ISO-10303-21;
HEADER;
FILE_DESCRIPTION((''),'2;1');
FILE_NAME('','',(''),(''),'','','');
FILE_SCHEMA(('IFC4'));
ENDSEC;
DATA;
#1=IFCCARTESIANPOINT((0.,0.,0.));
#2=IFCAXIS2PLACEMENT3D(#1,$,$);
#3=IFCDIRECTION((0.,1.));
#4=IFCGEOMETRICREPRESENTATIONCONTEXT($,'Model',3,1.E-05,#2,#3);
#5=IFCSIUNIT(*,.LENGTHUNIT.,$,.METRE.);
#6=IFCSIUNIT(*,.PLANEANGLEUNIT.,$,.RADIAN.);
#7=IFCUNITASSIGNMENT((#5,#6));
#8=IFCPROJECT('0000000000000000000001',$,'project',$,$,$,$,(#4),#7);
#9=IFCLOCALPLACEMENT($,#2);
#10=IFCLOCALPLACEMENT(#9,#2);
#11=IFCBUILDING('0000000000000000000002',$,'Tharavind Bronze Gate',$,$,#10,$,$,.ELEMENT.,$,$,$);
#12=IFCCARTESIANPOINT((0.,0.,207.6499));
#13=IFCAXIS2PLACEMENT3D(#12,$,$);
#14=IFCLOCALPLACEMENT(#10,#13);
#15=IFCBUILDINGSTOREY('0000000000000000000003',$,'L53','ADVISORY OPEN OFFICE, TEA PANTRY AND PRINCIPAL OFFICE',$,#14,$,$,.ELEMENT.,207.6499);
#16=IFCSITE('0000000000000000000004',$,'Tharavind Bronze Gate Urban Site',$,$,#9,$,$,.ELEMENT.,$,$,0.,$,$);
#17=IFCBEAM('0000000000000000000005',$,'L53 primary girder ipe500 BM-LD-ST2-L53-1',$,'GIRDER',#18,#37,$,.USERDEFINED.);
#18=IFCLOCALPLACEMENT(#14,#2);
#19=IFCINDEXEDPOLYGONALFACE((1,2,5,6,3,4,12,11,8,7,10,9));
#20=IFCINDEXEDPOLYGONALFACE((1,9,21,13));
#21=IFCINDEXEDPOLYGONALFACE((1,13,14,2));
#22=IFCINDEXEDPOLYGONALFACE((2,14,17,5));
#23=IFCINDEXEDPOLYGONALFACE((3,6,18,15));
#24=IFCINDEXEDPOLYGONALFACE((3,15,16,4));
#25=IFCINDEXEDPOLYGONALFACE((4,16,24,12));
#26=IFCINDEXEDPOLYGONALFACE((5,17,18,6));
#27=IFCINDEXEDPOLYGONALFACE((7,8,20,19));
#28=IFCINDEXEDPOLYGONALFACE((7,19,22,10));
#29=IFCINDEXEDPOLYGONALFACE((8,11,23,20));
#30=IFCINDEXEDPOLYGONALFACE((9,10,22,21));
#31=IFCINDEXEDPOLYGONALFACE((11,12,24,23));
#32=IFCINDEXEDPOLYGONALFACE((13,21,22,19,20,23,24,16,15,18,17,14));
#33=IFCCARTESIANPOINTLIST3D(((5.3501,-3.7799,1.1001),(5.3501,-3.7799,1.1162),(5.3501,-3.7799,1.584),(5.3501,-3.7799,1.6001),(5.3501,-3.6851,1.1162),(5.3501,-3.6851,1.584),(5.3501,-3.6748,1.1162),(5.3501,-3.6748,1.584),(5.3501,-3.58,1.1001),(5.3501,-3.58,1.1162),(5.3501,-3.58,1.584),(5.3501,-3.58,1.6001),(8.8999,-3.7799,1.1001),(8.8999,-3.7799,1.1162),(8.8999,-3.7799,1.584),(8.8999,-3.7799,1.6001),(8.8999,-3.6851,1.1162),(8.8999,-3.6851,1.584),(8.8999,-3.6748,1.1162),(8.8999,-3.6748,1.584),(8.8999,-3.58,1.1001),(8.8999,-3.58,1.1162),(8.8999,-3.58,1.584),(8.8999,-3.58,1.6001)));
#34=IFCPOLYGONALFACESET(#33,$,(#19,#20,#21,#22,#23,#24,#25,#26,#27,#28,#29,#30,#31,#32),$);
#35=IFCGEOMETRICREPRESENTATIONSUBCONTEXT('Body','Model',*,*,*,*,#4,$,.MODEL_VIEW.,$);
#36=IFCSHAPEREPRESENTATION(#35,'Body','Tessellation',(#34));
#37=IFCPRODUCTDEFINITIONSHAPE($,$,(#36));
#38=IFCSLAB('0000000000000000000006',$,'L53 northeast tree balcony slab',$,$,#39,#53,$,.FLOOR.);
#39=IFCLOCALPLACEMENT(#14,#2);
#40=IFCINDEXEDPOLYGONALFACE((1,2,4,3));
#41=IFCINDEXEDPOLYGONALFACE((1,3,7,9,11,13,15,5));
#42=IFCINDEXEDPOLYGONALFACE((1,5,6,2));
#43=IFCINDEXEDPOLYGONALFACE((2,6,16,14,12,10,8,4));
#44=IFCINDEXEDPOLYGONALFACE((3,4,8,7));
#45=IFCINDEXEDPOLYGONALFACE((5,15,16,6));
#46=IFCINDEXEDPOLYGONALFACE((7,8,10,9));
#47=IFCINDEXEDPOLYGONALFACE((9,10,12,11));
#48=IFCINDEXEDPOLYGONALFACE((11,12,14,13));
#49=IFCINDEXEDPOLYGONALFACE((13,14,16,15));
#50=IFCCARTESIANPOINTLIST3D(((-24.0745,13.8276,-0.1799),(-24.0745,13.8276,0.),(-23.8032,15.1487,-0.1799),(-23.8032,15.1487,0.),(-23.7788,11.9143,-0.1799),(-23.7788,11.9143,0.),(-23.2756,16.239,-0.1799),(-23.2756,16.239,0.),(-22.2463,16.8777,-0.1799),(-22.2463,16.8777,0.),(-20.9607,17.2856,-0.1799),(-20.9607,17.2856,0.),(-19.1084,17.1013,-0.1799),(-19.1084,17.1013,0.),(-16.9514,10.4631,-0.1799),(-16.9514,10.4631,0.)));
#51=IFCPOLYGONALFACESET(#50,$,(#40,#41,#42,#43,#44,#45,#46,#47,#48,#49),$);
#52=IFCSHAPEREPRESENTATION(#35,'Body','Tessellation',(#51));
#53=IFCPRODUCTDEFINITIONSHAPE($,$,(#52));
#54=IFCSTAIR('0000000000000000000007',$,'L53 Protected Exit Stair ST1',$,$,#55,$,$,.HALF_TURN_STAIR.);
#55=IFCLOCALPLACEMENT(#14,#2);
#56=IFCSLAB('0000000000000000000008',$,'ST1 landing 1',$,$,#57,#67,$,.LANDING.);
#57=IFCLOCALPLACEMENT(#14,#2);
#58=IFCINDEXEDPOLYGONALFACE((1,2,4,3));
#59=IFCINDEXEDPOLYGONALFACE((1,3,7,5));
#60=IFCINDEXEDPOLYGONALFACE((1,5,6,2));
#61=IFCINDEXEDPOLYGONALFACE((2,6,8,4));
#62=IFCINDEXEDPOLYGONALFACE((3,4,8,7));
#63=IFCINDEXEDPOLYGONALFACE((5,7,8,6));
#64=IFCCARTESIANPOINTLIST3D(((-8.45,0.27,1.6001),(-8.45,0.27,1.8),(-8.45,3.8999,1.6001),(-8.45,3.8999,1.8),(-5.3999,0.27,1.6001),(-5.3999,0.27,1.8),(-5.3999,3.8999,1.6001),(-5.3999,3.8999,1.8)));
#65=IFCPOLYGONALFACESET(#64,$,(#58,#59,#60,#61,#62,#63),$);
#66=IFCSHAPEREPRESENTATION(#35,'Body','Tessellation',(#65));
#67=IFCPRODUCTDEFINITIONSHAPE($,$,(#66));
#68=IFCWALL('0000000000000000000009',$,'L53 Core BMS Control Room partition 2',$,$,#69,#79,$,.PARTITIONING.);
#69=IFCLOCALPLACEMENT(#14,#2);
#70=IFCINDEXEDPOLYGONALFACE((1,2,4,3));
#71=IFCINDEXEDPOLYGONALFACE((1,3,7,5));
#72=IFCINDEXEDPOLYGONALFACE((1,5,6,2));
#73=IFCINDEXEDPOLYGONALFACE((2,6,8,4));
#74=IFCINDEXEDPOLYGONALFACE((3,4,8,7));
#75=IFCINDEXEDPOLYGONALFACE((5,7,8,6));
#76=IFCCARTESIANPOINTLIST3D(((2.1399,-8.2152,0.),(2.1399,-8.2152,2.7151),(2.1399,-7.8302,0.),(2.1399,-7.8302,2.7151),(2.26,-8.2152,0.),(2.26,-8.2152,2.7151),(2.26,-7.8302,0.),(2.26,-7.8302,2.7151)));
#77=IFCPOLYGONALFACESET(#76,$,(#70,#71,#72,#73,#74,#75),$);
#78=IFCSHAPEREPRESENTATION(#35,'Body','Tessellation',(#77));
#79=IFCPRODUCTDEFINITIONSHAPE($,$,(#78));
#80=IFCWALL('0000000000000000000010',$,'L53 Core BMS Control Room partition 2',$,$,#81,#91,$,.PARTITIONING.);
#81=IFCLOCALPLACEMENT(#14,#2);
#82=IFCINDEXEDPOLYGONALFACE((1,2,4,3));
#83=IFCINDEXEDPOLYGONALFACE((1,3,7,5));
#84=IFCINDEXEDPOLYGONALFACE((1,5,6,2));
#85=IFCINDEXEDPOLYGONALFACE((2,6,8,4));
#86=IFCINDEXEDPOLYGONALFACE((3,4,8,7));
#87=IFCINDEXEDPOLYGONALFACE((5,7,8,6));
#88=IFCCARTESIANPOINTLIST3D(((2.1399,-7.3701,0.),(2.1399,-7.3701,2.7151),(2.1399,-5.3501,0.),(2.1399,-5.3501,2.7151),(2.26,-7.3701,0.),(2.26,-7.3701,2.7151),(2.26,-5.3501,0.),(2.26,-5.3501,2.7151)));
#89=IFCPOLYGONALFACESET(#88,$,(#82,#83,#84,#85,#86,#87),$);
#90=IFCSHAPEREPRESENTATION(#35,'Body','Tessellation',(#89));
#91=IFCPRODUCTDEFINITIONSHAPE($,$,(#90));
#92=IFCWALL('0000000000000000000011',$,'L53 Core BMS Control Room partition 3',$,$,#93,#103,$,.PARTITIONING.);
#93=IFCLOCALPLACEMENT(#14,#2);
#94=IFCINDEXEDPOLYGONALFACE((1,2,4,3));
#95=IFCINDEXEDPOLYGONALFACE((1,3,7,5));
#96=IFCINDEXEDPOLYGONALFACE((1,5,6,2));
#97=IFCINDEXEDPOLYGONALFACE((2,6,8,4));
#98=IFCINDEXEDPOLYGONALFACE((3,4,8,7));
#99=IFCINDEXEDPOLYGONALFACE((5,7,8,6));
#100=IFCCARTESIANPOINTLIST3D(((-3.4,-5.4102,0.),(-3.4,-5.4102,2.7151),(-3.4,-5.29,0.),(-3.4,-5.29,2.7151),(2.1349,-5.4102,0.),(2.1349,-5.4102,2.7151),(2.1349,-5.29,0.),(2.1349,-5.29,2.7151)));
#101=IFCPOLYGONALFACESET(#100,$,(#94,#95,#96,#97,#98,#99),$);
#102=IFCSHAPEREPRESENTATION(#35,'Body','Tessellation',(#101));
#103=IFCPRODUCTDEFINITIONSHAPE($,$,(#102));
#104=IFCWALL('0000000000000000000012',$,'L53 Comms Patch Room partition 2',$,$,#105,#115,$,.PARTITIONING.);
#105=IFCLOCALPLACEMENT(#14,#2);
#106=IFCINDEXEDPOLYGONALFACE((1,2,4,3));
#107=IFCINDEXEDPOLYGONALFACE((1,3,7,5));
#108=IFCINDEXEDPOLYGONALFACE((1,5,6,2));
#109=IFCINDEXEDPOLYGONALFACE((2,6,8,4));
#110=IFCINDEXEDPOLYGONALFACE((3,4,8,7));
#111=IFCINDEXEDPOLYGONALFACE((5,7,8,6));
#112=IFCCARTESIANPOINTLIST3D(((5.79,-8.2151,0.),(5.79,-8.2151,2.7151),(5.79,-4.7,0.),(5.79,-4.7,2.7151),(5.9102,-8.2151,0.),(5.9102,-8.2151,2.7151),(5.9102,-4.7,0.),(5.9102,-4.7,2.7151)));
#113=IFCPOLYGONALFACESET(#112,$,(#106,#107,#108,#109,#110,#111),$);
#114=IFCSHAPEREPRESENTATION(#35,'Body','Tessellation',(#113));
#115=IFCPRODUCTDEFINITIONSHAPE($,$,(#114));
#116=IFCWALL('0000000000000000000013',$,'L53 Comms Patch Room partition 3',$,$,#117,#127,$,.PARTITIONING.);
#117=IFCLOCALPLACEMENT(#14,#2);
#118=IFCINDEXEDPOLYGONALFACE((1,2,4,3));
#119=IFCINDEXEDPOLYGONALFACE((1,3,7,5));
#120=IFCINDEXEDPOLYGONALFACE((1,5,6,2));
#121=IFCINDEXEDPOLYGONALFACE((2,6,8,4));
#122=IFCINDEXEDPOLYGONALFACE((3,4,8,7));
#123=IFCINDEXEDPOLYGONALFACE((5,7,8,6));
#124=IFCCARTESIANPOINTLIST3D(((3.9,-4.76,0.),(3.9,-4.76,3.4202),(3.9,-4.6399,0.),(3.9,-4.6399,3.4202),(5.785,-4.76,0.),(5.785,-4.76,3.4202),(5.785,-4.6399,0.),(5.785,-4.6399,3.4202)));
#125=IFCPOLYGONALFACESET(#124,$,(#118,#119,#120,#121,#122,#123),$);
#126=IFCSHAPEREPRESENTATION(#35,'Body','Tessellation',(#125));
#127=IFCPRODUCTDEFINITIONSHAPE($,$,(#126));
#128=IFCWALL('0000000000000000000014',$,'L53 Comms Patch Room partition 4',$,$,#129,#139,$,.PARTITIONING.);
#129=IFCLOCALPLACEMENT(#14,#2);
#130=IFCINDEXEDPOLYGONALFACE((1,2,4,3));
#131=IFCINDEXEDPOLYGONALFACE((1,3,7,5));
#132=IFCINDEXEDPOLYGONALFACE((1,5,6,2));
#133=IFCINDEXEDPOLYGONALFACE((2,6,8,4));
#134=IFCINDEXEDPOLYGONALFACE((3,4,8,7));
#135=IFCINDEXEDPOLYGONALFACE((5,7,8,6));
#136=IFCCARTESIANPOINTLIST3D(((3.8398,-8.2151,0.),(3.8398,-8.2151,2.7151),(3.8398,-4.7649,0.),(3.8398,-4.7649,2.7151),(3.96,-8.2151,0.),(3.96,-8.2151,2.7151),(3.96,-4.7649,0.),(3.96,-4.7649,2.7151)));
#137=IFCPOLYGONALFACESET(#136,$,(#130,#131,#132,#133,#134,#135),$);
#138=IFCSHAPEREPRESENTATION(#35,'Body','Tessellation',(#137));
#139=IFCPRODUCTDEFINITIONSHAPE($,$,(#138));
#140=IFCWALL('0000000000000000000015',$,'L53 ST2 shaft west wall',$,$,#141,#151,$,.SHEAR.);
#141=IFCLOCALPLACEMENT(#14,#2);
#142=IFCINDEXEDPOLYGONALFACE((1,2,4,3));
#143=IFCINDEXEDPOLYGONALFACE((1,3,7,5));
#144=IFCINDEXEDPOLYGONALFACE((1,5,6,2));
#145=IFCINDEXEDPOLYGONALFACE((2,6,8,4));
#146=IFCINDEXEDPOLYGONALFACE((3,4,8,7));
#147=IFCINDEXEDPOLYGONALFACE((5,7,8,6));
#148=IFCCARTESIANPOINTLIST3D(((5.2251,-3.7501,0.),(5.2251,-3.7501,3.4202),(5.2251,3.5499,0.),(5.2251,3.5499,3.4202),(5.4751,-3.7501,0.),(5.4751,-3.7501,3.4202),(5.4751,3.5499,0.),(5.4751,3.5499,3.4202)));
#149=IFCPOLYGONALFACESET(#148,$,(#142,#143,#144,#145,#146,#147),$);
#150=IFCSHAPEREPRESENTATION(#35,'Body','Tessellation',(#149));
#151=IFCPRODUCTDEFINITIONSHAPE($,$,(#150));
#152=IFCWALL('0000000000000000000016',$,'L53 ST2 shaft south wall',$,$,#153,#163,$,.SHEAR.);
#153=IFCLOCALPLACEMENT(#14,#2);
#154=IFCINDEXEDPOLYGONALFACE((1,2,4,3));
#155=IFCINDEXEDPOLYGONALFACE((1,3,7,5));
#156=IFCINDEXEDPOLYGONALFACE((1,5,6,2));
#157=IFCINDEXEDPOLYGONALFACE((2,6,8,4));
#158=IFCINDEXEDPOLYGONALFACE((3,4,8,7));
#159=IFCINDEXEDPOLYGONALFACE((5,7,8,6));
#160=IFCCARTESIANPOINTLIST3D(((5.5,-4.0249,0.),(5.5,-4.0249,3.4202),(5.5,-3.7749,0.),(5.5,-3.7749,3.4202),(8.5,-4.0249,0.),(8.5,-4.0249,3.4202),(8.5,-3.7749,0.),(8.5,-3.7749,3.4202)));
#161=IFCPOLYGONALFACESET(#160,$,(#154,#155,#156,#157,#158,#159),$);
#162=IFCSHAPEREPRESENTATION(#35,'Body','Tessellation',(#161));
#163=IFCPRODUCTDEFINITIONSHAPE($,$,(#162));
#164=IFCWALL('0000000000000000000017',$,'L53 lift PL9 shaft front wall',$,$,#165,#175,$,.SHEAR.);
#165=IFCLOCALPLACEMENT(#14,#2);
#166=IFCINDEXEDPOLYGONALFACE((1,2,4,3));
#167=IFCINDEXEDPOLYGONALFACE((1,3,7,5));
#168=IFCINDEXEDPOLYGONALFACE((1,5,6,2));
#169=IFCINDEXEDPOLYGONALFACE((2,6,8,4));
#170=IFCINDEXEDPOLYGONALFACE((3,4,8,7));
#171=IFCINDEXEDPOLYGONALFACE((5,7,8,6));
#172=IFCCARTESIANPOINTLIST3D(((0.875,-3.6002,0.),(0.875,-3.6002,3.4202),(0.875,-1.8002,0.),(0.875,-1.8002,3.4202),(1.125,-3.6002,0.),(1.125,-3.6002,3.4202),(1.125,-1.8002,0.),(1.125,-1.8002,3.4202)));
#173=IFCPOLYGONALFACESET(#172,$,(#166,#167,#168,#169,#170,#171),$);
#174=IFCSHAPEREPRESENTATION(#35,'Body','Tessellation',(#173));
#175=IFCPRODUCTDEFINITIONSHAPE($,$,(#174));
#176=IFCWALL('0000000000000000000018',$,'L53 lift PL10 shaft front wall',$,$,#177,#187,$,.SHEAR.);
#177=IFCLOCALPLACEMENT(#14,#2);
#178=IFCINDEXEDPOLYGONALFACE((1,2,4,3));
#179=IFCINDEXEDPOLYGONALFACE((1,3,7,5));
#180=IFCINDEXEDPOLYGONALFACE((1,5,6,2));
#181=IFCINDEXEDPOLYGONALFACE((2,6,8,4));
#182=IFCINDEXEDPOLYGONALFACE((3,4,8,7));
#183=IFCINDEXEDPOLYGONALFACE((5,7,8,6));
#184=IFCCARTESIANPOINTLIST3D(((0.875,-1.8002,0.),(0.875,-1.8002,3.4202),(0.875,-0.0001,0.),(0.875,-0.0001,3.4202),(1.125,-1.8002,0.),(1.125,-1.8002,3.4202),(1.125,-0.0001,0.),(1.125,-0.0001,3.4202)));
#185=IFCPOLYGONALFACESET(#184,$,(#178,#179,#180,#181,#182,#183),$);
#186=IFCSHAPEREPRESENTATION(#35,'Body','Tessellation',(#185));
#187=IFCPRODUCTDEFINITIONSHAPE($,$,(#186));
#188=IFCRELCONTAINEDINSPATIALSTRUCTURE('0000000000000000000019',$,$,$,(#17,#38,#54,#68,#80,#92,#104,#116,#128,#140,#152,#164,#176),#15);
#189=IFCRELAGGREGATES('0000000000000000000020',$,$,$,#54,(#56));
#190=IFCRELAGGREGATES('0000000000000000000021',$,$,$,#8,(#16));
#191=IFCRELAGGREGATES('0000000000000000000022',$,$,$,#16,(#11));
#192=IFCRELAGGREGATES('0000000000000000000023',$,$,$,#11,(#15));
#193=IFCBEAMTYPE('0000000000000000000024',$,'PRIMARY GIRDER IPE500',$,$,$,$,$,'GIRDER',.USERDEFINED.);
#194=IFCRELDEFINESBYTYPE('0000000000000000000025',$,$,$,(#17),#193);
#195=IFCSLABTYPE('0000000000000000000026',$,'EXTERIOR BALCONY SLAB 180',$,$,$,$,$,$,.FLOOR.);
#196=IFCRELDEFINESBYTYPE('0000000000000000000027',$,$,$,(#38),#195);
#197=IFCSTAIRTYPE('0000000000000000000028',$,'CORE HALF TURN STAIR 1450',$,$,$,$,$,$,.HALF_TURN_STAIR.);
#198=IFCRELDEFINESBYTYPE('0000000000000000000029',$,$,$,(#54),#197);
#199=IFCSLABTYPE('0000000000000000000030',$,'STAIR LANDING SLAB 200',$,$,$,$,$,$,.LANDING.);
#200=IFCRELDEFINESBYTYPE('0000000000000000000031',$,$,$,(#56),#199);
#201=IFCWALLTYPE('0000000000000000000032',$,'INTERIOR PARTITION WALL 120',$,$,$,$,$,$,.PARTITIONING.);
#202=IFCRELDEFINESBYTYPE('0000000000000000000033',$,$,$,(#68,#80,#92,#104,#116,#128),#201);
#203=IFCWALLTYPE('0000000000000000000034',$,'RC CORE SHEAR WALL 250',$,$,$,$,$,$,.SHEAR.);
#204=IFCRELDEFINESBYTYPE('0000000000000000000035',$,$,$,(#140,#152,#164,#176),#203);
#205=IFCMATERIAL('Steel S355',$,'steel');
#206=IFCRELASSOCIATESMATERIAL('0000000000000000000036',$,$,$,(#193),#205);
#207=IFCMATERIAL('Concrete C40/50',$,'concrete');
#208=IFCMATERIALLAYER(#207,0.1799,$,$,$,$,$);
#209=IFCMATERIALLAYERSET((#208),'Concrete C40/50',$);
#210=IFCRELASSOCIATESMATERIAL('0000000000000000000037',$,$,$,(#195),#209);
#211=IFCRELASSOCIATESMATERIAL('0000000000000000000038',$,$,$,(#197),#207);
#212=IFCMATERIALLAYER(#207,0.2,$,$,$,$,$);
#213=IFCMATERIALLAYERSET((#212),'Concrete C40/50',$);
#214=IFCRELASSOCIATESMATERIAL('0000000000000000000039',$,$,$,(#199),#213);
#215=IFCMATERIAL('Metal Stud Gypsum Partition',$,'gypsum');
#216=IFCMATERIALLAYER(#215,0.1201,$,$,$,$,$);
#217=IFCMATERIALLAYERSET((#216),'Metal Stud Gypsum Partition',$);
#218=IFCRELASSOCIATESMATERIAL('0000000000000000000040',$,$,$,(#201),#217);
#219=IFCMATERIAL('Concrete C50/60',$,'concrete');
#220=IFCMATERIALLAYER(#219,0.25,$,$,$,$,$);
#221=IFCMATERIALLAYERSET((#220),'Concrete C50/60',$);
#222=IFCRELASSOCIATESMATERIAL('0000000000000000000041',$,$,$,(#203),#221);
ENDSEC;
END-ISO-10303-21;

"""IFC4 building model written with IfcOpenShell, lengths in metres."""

from ifc_helpers import new_model, si_unit, direction, frame, frame_2d, origin, origin_2d, place, context, subcontext, project, spatial, polyline, rectangle, i_section, outline, extrude, material, layer, layer_set, material_profile, profile_set, type_object, element, aggregate, save


model = new_model("IFC4")

# Units and contexts
model_context = context("Model", 3, precision=1e-05, world=origin(), true_north=direction((0.0, 1.0)))
body_context = subcontext(model_context, "Body", "Model", "MODEL_VIEW")
ifc_project = project(units=[si_unit("LENGTHUNIT", "METRE"), si_unit("PLANEANGLEUNIT", "RADIAN")], contexts=[model_context])

# Site, building, storey
site_placement = place(None, origin())
site = spatial("IfcSite", under=ifc_project, at=site_placement, Name="Tharavind Bronze Gate Urban Site", CompositionType="ELEMENT", RefElevation=0.0)
building_placement = place(site_placement, origin())
building = spatial("IfcBuilding", under=site, at=building_placement, Name="Tharavind Bronze Gate", CompositionType="ELEMENT")
storey_placement = place(building_placement, frame((0.0, 0.0, 207.6499)))
storey = spatial("IfcBuildingStorey", under=building, at=storey_placement, Name="L53", Description="ADVISORY OPEN OFFICE, TEA PANTRY AND PRINCIPAL OFFICE", CompositionType="ELEMENT", Elevation=207.6499)

# Beam
ifc_material_1 = material(Name="Steel S355", Category="steel")
ifc_material_profile = material_profile(ifc_material_1, i_section(OverallWidth=0.2, OverallDepth=0.5, WebThickness=0.0103, FlangeThickness=0.0161, at=origin_2d()), Name="IPE500")
ifc_profile_set = profile_set([ifc_material_profile], Name="Steel S355")
beam_type = type_object("IfcBeamType", Name="PRIMARY GIRDER IPE500", ElementType="GIRDER", PredefinedType="USERDEFINED", material=ifc_profile_set)
beam_placement = place(storey_placement, frame((5.3501, -3.6799, 1.3501), z_axis=(1.0, 0.0, 0.0), x_axis=(0.0, 1.0, 0.0)))
element("IfcBeam", 1, at=beam_placement, inside=storey, type_object=beam_type, Name="L53 primary girder ipe500 BM-LD-ST2-L53-1", ObjectType="GIRDER", PredefinedType="USERDEFINED", context=body_context, shape_type="SweptSolid", body=[
    extrude(i_section(OverallWidth=0.2, OverallDepth=0.5, WebThickness=0.0103, FlangeThickness=0.0161, at=origin_2d()), origin(), (0.0, 0.0, 1.0), 3.5498),
])

# Slab
ifc_material_2 = material(Name="Concrete C40/50", Category="concrete")
ifc_layer_1 = layer(ifc_material_2, 0.1799)
ifc_layer_set_1 = layer_set([ifc_layer_1], Name="Concrete C40/50")
slab_type_1 = type_object("IfcSlabType", Name="EXTERIOR BALCONY SLAB 180", PredefinedType="FLOOR", material=ifc_layer_set_1)
slab_1_placement = place(storey_placement, frame((0.0, 0.0, -0.1799)))
element("IfcSlab", 2, at=slab_1_placement, inside=storey, type_object=slab_type_1, Name="L53 northeast tree balcony slab", PredefinedType="FLOOR", context=body_context, shape_type="SweptSolid", body=[
    extrude(outline(polyline([(-20.9607, 17.2856), (-22.2463, 16.8777), (-23.2756, 16.239), (-23.8032, 15.1487), (-24.0745, 13.8276), (-23.7788, 11.9143), (-16.9514, 10.4631), (-19.1084, 17.1013), (-20.9607, 17.2856)])), origin(), (0.0, 0.0, 1.0), 0.1799),
])

# Stair, slab
stair_type = type_object("IfcStairType", Name="CORE HALF TURN STAIR 1450", PredefinedType="HALF_TURN_STAIR", material=ifc_material_2)
stair_placement = place(storey_placement, origin())
stair = element("IfcStair", 3, at=stair_placement, inside=storey, type_object=stair_type, Name="L53 Protected Exit Stair ST1", PredefinedType="HALF_TURN_STAIR")
ifc_layer_2 = layer(ifc_material_2, 0.2)
ifc_layer_set_2 = layer_set([ifc_layer_2], Name="Concrete C40/50")
slab_type_2 = type_object("IfcSlabType", Name="STAIR LANDING SLAB 200", PredefinedType="LANDING", material=ifc_layer_set_2)
slab_2_placement = place(storey_placement, frame((0.0, 0.0, 1.6001)))
slab_2 = element("IfcSlab", 4, at=slab_2_placement, type_object=slab_type_2, Name="ST1 landing 1", PredefinedType="LANDING", context=body_context, shape_type="SweptSolid", body=[
    extrude(outline(polyline([(-5.3999, 0.27), (-5.3999, 3.8999), (-8.45, 3.8999), (-8.45, 0.27), (-5.3999, 0.27)])), origin(), (0.0, 0.0, 1.0), 0.2),
])
aggregate(stair, [slab_2])

# Walls
ifc_material_3 = material(Name="Metal Stud Gypsum Partition", Category="gypsum")
ifc_layer_3 = layer(ifc_material_3, 0.1201)
ifc_layer_set_3 = layer_set([ifc_layer_3], Name="Metal Stud Gypsum Partition")
wall_type_1 = type_object("IfcWallType", Name="INTERIOR PARTITION WALL 120", PredefinedType="PARTITIONING", material=ifc_layer_set_3)
wall_1_placement = place(storey_placement, frame((2.2, -8.2151, 0.0), z_axis=(0.0, 0.0, 1.0), x_axis=(0.0, 1.0, 0.0)))
element("IfcWall", 5, at=wall_1_placement, inside=storey, type_object=wall_type_1, Name="L53 Core BMS Control Room partition 2", PredefinedType="PARTITIONING", context=body_context, shape_type="SweptSolid", body=[
    extrude(rectangle(XDim=0.385, YDim=0.1201, at=frame_2d((0.1924, 0.0))), origin(), (0.0, 0.0, 1.0), 2.7151),
])
wall_2_placement = place(storey_placement, frame((2.2, -7.3701, 0.0), z_axis=(0.0, 0.0, 1.0), x_axis=(0.0, 1.0, 0.0)))
element("IfcWall", 6, at=wall_2_placement, inside=storey, type_object=wall_type_1, Name="L53 Core BMS Control Room partition 2", PredefinedType="PARTITIONING", context=body_context, shape_type="SweptSolid", body=[
    extrude(rectangle(XDim=2.02, YDim=0.1201, at=frame_2d((1.01, 0.0))), origin(), (0.0, 0.0, 1.0), 2.7151),
])
wall_3_placement = place(storey_placement, frame((2.135, -5.3501, 0.0), z_axis=(0.0, 0.0, 1.0), x_axis=(-1.0, 0.0, 0.0)))
element("IfcWall", 7, at=wall_3_placement, inside=storey, type_object=wall_type_1, Name="L53 Core BMS Control Room partition 3", PredefinedType="PARTITIONING", context=body_context, shape_type="SweptSolid", body=[
    extrude(rectangle(XDim=5.5349, YDim=0.1201, at=frame_2d((2.7676, 0.0))), origin(), (0.0, 0.0, 1.0), 2.7151),
])
wall_4_placement = place(storey_placement, frame((5.8501, -8.2151, 0.0), z_axis=(0.0, 0.0, 1.0), x_axis=(0.0, 1.0, 0.0)))
element("IfcWall", 8, at=wall_4_placement, inside=storey, type_object=wall_type_1, Name="L53 Comms Patch Room partition 2", PredefinedType="PARTITIONING", context=body_context, shape_type="SweptSolid", body=[
    extrude(rectangle(XDim=3.5151, YDim=0.1201, at=frame_2d((1.7576, 0.0))), origin(), (0.0, 0.0, 1.0), 2.7151),
])
wall_5_placement = place(storey_placement, frame((5.7849, -4.7, 0.0), z_axis=(0.0, 0.0, 1.0), x_axis=(-1.0, 0.0, 0.0)))
element("IfcWall", 9, at=wall_5_placement, inside=storey, type_object=wall_type_1, Name="L53 Comms Patch Room partition 3", PredefinedType="PARTITIONING", context=body_context, shape_type="SweptSolid", body=[
    extrude(rectangle(XDim=1.885, YDim=0.1201, at=frame_2d((0.9424, 0.0))), origin(), (0.0, 0.0, 1.0), 3.4202),
])
wall_6_placement = place(storey_placement, frame((3.8999, -4.7649, 0.0), z_axis=(0.0, 0.0, 1.0), x_axis=(0.0, -1.0, 0.0)))
element("IfcWall", 10, at=wall_6_placement, inside=storey, type_object=wall_type_1, Name="L53 Comms Patch Room partition 4", PredefinedType="PARTITIONING", context=body_context, shape_type="SweptSolid", body=[
    extrude(rectangle(XDim=3.4502, YDim=0.1201, at=frame_2d((1.7251, 0.0))), origin(), (0.0, 0.0, 1.0), 2.7151),
])
ifc_material_4 = material(Name="Concrete C50/60", Category="concrete")
ifc_layer_4 = layer(ifc_material_4, 0.25)
ifc_layer_set_4 = layer_set([ifc_layer_4], Name="Concrete C50/60")
wall_type_2 = type_object("IfcWallType", Name="RC CORE SHEAR WALL 250", PredefinedType="SHEAR", material=ifc_layer_set_4)
wall_7_placement = place(storey_placement, frame((5.3501, -3.75, 0.0), z_axis=(0.0, 0.0, 1.0), x_axis=(0.0, 1.0, 0.0)))
element("IfcWall", 11, at=wall_7_placement, inside=storey, type_object=wall_type_2, Name="L53 ST2 shaft west wall", PredefinedType="SHEAR", context=body_context, shape_type="SweptSolid", body=[
    extrude(rectangle(XDim=7.3, YDim=0.25, at=frame_2d((3.6499, 0.0))), origin(), (0.0, 0.0, 1.0), 3.4202),
])
wall_8_placement = place(storey_placement, frame((5.5, -3.8999, 0.0), z_axis=(0.0, 0.0, 1.0), x_axis=(1.0, 0.0, 0.0)))
element("IfcWall", 12, at=wall_8_placement, inside=storey, type_object=wall_type_2, Name="L53 ST2 shaft south wall", PredefinedType="SHEAR", context=body_context, shape_type="SweptSolid", body=[
    extrude(rectangle(XDim=3.0, YDim=0.25, at=frame_2d((1.5, 0.0))), origin(), (0.0, 0.0, 1.0), 3.4202),
])
for number, where, z_axis, x_axis, name in (
    (13, (1.0, -3.6001, 0.0), (0.0, 0.0, 1.0), (0.0, 1.0, 0.0), "L53 lift PL9 shaft front wall"),
    (14, (1.0, -1.8, 0.0), (0.0, 0.0, 1.0), (0.0, 1.0, 0.0), "L53 lift PL10 shaft front wall"),
):
    element("IfcWall", number, at=place(storey_placement, frame(where, z_axis=z_axis, x_axis=x_axis)), inside=storey, type_object=wall_type_2, Name=name, PredefinedType="SHEAR", context=body_context, shape_type="SweptSolid", body=[
        extrude(rectangle(XDim=1.8, YDim=0.25, at=frame_2d((0.8999, 0.0))), origin(), (0.0, 0.0, 1.0), 3.4202),
    ])

save(model, "model.ifc")
